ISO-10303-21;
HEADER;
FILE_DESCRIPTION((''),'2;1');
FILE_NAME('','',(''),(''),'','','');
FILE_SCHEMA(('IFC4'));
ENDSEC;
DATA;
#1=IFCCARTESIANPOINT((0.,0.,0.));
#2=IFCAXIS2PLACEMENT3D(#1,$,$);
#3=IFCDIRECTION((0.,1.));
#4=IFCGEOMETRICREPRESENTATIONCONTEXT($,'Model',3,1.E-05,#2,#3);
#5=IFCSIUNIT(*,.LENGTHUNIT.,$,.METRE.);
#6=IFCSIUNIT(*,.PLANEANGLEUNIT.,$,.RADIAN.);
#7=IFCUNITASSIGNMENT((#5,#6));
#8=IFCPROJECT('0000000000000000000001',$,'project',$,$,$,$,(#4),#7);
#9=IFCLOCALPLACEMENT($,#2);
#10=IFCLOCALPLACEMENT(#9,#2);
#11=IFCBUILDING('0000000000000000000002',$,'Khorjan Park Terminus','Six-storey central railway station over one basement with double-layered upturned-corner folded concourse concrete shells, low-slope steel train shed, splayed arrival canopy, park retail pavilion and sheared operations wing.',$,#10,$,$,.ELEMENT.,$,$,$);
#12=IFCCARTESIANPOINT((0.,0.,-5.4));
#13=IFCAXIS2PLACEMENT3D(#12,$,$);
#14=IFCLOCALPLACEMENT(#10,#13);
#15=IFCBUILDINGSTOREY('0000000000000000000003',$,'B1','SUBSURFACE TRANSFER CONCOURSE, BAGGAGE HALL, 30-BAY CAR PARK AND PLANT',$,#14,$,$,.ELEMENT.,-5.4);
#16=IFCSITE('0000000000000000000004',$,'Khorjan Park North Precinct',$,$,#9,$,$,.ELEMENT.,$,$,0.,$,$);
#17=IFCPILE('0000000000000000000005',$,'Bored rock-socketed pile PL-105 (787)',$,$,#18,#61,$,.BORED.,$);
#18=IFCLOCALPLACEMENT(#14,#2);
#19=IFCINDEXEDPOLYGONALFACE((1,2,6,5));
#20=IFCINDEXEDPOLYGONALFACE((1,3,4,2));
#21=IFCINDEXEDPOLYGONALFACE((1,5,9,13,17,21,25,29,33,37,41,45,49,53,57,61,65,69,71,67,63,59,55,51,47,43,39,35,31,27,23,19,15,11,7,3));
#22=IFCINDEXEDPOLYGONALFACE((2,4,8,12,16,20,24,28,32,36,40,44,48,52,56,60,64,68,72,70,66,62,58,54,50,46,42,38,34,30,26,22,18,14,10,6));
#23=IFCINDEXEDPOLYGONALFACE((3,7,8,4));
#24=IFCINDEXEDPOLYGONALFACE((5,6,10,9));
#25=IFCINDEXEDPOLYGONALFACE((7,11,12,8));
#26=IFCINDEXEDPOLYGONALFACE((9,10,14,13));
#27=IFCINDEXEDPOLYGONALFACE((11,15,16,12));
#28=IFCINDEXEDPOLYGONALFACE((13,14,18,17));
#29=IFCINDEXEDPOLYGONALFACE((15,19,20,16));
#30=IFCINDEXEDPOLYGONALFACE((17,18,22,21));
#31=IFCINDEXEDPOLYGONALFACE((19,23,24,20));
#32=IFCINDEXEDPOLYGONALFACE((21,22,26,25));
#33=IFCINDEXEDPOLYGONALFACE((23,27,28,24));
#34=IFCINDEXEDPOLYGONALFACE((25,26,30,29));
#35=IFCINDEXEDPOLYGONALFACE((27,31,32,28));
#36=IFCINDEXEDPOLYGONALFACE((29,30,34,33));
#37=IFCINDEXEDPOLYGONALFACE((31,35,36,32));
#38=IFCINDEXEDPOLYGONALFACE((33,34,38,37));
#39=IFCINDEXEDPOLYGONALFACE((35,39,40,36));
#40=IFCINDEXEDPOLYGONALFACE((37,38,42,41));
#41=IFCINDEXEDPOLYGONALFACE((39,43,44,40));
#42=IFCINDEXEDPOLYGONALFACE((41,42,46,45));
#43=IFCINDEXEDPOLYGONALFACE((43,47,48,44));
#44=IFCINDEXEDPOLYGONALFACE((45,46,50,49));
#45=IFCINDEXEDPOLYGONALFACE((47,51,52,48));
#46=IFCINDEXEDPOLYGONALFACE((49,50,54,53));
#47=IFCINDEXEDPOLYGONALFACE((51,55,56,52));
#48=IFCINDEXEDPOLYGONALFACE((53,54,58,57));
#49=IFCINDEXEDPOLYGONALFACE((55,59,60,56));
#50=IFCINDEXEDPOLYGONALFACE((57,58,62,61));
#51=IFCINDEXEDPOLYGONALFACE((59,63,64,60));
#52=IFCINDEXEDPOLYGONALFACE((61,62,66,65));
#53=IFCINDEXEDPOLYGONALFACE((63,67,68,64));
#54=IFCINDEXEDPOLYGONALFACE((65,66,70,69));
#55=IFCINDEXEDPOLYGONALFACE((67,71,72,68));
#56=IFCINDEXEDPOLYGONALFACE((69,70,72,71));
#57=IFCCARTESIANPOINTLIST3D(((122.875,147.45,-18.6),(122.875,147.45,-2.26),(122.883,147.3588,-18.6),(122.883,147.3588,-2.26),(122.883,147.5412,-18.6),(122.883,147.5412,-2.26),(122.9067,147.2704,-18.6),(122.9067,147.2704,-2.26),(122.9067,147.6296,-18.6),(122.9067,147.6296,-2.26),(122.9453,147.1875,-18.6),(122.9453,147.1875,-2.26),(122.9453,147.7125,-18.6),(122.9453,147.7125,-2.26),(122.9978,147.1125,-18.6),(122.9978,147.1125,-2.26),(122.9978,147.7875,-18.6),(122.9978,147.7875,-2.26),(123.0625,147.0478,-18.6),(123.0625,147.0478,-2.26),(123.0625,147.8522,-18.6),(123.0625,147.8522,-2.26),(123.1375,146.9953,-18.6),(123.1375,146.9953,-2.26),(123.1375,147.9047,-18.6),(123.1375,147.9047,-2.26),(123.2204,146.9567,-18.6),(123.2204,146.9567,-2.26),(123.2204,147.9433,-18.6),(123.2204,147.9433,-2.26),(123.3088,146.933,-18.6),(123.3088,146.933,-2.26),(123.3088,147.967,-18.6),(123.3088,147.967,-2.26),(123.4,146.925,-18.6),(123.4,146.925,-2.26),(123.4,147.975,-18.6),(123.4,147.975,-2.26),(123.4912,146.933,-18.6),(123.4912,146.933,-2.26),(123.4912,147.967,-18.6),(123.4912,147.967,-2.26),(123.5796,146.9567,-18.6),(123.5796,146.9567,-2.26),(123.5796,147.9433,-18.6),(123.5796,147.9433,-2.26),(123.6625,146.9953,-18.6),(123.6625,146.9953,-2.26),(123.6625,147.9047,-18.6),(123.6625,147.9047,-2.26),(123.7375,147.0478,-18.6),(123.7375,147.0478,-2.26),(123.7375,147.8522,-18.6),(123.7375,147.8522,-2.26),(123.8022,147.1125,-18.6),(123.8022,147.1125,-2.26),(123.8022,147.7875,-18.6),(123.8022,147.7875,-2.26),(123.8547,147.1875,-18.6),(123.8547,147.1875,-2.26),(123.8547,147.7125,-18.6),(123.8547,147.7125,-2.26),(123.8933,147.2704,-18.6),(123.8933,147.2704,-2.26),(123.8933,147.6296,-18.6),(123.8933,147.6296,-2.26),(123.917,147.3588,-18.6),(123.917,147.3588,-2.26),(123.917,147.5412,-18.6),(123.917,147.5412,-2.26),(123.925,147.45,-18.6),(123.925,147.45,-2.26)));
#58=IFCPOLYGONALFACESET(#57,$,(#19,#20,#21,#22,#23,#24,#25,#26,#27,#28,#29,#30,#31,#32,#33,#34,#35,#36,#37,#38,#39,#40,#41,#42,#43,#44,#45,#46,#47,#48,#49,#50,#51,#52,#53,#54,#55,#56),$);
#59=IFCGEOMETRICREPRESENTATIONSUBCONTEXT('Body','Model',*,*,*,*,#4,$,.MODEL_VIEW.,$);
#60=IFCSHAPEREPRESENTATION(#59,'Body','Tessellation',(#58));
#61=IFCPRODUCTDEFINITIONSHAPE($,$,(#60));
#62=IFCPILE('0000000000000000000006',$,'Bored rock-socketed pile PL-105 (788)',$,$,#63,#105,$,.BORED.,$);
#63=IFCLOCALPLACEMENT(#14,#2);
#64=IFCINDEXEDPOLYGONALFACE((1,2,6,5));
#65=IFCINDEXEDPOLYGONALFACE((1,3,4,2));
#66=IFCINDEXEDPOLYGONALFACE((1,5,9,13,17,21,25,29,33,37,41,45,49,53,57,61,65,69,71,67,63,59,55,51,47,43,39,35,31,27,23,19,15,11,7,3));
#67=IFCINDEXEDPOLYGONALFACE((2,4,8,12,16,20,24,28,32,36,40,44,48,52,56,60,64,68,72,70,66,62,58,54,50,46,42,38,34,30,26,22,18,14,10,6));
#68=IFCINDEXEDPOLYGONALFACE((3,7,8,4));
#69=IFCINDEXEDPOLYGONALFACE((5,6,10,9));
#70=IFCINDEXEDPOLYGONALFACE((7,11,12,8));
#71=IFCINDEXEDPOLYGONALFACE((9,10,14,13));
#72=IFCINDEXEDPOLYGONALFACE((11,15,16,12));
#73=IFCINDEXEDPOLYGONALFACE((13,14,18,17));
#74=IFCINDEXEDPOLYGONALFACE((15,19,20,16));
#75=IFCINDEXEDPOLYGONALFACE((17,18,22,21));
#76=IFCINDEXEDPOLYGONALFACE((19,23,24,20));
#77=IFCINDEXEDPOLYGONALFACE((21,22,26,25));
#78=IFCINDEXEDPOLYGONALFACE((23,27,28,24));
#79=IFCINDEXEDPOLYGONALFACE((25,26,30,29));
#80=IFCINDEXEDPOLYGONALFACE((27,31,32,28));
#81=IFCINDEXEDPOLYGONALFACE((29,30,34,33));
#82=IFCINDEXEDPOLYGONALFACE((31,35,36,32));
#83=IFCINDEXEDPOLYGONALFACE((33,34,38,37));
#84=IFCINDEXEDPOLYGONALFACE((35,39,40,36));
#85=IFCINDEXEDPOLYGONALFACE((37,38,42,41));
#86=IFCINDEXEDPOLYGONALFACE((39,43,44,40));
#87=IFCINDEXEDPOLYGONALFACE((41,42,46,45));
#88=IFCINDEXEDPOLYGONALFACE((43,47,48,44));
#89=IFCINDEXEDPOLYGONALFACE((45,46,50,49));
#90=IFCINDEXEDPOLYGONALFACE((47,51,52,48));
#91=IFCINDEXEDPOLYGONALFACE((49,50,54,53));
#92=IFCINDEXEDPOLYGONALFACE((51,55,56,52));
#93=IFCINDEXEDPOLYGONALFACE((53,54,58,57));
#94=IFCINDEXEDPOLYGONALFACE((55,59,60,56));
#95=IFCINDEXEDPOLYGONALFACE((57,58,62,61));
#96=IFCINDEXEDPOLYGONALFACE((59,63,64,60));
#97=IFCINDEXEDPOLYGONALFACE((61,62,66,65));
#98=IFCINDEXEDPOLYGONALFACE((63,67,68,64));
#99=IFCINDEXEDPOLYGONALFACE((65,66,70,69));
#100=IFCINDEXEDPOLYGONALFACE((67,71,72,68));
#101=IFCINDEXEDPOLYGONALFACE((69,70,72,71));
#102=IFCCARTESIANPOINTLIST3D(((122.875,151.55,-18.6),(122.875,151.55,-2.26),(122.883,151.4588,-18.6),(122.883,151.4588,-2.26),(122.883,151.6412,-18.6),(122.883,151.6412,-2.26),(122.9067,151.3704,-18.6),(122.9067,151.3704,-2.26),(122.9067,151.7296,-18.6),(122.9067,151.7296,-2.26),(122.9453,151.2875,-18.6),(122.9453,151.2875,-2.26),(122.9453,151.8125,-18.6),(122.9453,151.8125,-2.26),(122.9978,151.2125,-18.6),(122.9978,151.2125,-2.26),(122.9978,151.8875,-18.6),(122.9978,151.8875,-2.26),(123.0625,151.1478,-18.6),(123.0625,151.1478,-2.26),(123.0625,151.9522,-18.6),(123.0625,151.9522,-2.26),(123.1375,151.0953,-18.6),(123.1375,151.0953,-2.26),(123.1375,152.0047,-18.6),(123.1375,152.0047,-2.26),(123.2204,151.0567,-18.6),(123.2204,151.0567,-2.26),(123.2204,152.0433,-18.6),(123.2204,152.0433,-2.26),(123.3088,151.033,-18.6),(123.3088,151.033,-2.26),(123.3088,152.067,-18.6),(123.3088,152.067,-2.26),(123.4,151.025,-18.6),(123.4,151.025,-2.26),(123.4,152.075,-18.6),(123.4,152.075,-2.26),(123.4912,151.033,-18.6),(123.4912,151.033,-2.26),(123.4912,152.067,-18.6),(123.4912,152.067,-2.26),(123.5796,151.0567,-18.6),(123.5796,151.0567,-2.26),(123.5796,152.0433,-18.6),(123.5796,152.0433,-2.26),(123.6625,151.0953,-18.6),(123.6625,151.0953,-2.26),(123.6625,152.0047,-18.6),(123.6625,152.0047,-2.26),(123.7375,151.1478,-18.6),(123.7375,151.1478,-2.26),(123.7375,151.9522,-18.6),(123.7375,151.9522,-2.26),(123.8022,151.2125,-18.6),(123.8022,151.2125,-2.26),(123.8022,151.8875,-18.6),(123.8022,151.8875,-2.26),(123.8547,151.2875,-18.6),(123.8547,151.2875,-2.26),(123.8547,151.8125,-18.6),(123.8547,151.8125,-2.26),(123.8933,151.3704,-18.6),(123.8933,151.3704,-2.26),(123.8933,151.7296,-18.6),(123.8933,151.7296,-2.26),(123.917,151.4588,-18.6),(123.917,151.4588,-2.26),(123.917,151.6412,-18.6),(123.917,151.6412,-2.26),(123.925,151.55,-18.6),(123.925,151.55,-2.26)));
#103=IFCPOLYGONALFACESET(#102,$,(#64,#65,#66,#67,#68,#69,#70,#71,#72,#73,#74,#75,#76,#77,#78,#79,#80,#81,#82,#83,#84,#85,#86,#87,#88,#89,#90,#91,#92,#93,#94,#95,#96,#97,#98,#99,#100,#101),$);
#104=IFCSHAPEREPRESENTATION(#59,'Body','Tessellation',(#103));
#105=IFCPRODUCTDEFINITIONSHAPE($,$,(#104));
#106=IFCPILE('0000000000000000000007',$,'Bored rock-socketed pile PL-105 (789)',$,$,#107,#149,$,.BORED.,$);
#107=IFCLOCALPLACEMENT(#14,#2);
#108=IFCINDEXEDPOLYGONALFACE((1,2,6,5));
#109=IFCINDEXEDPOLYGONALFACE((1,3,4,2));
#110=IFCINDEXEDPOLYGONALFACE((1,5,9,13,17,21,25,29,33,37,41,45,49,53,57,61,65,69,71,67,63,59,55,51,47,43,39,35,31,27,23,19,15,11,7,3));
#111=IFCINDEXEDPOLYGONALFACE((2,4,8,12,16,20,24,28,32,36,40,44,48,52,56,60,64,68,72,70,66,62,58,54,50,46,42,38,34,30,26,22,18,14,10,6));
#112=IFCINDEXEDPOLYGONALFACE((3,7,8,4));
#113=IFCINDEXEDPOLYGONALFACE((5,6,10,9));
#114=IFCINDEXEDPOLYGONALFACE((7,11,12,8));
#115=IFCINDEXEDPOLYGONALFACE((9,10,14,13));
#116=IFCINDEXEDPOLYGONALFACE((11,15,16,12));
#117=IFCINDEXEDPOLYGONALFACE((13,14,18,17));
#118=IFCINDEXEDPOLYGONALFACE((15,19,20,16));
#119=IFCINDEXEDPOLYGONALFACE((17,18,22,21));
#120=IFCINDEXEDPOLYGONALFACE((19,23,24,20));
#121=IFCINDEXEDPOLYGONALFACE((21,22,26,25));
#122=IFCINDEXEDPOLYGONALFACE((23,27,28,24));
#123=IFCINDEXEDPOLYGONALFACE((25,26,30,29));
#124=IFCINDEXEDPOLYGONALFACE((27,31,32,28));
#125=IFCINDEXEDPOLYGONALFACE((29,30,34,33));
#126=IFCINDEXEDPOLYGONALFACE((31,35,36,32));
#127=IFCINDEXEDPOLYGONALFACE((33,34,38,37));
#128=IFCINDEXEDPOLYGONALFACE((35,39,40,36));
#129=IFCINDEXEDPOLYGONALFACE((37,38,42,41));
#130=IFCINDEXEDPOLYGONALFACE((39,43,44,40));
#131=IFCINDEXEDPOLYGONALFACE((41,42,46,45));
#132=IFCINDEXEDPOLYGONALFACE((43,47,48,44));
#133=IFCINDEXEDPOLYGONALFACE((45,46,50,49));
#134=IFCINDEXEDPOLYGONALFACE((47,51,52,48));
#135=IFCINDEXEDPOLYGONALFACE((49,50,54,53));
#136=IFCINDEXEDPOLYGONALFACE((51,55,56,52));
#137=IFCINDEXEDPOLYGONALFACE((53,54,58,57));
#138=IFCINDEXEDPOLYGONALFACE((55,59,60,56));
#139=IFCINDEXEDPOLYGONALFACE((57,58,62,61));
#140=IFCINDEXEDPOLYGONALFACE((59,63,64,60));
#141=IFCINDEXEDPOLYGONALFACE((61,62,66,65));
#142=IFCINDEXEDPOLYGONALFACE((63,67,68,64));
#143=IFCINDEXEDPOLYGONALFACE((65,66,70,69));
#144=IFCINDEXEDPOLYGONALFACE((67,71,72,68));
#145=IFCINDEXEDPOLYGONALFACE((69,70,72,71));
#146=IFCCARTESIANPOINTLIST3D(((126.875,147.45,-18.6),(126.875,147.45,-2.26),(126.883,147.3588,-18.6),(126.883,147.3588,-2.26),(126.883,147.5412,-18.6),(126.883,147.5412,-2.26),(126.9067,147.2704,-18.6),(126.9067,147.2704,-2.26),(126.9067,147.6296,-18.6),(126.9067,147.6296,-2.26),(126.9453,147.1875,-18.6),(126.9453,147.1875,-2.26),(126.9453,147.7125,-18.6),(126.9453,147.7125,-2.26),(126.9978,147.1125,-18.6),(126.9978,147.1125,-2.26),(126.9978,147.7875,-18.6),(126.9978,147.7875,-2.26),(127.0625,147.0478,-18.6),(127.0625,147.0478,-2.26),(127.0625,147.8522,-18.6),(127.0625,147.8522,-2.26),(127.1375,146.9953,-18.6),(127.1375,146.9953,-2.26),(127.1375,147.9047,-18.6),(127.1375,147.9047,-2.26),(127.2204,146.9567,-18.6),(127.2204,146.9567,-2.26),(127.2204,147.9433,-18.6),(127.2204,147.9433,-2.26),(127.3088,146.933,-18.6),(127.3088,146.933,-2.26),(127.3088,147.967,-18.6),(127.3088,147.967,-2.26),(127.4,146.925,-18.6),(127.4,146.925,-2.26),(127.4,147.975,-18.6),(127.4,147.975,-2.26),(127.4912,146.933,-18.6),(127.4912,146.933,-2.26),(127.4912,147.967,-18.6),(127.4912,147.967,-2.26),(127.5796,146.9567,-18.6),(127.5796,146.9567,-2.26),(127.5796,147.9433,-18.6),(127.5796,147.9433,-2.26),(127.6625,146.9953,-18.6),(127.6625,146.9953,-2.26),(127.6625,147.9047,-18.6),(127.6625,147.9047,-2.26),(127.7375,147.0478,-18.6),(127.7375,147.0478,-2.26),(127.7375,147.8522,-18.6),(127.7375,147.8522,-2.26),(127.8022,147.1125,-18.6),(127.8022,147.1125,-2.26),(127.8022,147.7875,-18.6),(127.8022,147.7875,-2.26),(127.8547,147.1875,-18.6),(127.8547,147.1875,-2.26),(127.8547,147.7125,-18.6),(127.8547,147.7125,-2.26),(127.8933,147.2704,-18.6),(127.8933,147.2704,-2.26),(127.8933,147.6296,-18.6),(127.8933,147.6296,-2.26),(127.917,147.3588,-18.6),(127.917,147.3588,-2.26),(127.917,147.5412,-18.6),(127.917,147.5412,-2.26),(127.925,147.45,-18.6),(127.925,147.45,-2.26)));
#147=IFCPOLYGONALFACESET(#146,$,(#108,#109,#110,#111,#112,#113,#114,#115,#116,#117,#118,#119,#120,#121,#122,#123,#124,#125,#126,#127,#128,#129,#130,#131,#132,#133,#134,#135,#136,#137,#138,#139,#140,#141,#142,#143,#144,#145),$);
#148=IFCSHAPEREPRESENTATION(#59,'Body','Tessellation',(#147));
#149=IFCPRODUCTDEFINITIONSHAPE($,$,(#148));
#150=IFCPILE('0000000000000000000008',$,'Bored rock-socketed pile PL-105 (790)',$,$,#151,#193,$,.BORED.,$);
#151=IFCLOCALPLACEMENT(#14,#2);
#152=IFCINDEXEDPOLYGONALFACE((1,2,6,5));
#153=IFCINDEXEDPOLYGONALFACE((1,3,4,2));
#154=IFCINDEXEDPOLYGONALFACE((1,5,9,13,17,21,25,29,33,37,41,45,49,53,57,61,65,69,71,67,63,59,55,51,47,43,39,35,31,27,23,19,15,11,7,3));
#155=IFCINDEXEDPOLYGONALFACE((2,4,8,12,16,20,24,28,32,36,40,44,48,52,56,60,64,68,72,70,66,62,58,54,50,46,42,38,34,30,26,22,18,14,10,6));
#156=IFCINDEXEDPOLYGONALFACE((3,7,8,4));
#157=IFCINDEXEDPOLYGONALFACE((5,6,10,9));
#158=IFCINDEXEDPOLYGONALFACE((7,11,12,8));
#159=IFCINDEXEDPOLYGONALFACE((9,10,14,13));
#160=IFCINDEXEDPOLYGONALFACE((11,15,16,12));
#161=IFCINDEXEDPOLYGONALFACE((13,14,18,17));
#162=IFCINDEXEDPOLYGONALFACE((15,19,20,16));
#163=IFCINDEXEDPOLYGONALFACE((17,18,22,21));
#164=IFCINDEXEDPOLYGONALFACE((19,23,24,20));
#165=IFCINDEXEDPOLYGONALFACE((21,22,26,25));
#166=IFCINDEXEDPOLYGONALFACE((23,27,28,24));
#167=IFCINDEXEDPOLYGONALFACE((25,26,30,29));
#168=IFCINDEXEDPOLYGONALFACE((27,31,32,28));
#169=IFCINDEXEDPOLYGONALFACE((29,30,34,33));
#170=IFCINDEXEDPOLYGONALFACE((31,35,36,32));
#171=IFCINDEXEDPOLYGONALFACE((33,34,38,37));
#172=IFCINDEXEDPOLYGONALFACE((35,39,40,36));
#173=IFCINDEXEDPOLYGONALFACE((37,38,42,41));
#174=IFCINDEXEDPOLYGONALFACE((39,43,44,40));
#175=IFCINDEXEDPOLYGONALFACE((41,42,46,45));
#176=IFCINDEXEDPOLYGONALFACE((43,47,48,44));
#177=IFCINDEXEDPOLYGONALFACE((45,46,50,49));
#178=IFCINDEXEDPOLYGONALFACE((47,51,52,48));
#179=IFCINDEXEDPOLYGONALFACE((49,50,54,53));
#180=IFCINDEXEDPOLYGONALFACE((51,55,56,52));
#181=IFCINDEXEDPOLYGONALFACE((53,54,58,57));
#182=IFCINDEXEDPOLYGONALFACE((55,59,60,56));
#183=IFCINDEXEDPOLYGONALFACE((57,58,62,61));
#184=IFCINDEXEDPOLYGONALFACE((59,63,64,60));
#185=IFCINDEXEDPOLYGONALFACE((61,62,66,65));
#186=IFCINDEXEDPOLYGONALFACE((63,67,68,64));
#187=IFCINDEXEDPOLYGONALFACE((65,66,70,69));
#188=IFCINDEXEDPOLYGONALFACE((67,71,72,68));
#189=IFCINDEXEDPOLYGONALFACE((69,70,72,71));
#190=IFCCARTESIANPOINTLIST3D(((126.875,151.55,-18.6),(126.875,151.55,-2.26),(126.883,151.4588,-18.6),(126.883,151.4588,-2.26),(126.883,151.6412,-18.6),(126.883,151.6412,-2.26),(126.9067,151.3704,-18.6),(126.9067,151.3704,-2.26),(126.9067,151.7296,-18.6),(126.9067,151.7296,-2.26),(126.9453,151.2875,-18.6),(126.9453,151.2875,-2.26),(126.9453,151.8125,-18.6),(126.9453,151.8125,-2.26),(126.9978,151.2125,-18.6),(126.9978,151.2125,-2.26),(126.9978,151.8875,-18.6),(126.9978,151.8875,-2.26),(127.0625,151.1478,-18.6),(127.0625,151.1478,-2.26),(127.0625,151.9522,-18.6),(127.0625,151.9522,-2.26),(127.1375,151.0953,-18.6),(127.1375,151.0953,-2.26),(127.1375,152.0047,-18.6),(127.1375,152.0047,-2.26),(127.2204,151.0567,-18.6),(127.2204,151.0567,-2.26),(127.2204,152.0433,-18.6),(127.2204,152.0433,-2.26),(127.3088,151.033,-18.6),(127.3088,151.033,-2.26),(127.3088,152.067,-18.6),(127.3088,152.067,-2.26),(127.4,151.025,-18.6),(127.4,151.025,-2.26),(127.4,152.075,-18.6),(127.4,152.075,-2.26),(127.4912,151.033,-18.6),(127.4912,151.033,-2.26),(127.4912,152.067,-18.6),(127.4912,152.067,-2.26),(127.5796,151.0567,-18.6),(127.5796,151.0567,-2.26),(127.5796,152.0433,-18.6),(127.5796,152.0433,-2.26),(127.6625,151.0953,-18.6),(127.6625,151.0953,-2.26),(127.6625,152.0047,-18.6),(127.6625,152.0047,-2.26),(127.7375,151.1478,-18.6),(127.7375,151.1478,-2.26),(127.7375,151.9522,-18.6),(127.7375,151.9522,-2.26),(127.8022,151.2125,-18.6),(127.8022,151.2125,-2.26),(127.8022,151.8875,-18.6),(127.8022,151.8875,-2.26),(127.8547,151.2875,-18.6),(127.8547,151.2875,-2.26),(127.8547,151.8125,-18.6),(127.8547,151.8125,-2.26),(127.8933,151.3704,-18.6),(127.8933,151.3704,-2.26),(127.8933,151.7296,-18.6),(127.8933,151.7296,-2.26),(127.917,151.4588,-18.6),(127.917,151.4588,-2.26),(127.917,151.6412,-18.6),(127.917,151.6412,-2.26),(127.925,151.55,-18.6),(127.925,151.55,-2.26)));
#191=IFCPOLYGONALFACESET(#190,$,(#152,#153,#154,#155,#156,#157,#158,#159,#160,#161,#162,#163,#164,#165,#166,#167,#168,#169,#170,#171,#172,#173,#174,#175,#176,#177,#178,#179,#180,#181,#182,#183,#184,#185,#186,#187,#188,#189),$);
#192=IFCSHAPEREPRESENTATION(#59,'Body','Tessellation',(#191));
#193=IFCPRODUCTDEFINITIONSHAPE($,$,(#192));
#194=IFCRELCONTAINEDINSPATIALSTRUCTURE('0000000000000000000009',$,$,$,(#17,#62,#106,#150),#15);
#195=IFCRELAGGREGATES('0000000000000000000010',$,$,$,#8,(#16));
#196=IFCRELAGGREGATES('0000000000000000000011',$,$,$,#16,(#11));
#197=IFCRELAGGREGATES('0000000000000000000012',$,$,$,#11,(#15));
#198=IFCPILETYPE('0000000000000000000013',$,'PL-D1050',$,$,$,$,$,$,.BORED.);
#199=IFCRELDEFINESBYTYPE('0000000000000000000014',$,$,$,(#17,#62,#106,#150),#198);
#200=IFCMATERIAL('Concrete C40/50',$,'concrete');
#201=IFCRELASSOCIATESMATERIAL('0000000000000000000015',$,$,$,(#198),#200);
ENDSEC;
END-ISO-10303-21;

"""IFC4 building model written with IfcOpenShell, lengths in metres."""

from ifc_helpers import new_model, si_unit, direction, frame, origin, origin_2d, place, context, subcontext, project, spatial, circle, extrude, material, material_profile, profile_set, type_object, element, save


model = new_model("IFC4")

# Units and contexts
model_context = context("Model", 3, precision=1e-05, world=origin(), true_north=direction((0.0, 1.0)))
body_context = subcontext(model_context, "Body", "Model", "MODEL_VIEW")
ifc_project = project(units=[si_unit("LENGTHUNIT", "METRE"), si_unit("PLANEANGLEUNIT", "RADIAN")], contexts=[model_context])

# Site, building, storey
site_placement = place(None, origin())
site = spatial("IfcSite", under=ifc_project, at=site_placement, Name="Khorjan Park North Precinct", CompositionType="ELEMENT", RefElevation=0.0)
building_placement = place(site_placement, origin())
building = spatial("IfcBuilding", under=site, at=building_placement, Name="Khorjan Park Terminus", Description="Six-storey central railway station over one basement with double-layered upturned-corner folded concourse concrete shells, low-slope steel train shed, splayed arrival canopy, park retail pavilion and sheared operations wing.", CompositionType="ELEMENT")
storey_placement = place(building_placement, frame((0.0, 0.0, -5.4)))
storey = spatial("IfcBuildingStorey", under=building, at=storey_placement, Name="B1", Description="SUBSURFACE TRANSFER CONCOURSE, BAGGAGE HALL, 30-BAY CAR PARK AND PLANT", CompositionType="ELEMENT", Elevation=-5.4)

# Shared definitions
ifc_material_1 = material(Name="Concrete C40/50", Category="concrete")

# Piles
ifc_material_profile_1 = material_profile(ifc_material_1, circle(Radius=0.525, at=origin_2d()), Name="BORED D1050")
ifc_profile_set_1 = profile_set([ifc_material_profile_1], Name="Concrete C40/50")
pile_type_1 = type_object("IfcPileType", Name="PL-D1050", PredefinedType="BORED", material=ifc_profile_set_1)
for number, where, z_axis, x_axis, name in (
    (1, (123.4, 147.45, -2.26), (0.0, 0.0, -1.0), (1.0, 0.0, 0.0), "Bored rock-socketed pile PL-105 (787)"),
    (2, (123.4, 151.55, -2.26), (0.0, 0.0, -1.0), (1.0, 0.0, 0.0), "Bored rock-socketed pile PL-105 (788)"),
    (3, (127.4, 147.45, -2.26), (0.0, 0.0, -1.0), (1.0, 0.0, 0.0), "Bored rock-socketed pile PL-105 (789)"),
    (4, (127.4, 151.55, -2.26), (0.0, 0.0, -1.0), (1.0, 0.0, 0.0), "Bored rock-socketed pile PL-105 (790)"),
):
    element("IfcPile", number, at=place(storey_placement, frame(where, z_axis=z_axis, x_axis=x_axis)), inside=storey, type_object=pile_type_1, Name=name, PredefinedType="BORED", context=body_context, shape_type="SweptSolid", body=[
        extrude(circle(Radius=0.525, at=origin_2d()), origin(), (0.0, 0.0, 1.0), 16.34),
    ])

save(model, "model.ifc")
